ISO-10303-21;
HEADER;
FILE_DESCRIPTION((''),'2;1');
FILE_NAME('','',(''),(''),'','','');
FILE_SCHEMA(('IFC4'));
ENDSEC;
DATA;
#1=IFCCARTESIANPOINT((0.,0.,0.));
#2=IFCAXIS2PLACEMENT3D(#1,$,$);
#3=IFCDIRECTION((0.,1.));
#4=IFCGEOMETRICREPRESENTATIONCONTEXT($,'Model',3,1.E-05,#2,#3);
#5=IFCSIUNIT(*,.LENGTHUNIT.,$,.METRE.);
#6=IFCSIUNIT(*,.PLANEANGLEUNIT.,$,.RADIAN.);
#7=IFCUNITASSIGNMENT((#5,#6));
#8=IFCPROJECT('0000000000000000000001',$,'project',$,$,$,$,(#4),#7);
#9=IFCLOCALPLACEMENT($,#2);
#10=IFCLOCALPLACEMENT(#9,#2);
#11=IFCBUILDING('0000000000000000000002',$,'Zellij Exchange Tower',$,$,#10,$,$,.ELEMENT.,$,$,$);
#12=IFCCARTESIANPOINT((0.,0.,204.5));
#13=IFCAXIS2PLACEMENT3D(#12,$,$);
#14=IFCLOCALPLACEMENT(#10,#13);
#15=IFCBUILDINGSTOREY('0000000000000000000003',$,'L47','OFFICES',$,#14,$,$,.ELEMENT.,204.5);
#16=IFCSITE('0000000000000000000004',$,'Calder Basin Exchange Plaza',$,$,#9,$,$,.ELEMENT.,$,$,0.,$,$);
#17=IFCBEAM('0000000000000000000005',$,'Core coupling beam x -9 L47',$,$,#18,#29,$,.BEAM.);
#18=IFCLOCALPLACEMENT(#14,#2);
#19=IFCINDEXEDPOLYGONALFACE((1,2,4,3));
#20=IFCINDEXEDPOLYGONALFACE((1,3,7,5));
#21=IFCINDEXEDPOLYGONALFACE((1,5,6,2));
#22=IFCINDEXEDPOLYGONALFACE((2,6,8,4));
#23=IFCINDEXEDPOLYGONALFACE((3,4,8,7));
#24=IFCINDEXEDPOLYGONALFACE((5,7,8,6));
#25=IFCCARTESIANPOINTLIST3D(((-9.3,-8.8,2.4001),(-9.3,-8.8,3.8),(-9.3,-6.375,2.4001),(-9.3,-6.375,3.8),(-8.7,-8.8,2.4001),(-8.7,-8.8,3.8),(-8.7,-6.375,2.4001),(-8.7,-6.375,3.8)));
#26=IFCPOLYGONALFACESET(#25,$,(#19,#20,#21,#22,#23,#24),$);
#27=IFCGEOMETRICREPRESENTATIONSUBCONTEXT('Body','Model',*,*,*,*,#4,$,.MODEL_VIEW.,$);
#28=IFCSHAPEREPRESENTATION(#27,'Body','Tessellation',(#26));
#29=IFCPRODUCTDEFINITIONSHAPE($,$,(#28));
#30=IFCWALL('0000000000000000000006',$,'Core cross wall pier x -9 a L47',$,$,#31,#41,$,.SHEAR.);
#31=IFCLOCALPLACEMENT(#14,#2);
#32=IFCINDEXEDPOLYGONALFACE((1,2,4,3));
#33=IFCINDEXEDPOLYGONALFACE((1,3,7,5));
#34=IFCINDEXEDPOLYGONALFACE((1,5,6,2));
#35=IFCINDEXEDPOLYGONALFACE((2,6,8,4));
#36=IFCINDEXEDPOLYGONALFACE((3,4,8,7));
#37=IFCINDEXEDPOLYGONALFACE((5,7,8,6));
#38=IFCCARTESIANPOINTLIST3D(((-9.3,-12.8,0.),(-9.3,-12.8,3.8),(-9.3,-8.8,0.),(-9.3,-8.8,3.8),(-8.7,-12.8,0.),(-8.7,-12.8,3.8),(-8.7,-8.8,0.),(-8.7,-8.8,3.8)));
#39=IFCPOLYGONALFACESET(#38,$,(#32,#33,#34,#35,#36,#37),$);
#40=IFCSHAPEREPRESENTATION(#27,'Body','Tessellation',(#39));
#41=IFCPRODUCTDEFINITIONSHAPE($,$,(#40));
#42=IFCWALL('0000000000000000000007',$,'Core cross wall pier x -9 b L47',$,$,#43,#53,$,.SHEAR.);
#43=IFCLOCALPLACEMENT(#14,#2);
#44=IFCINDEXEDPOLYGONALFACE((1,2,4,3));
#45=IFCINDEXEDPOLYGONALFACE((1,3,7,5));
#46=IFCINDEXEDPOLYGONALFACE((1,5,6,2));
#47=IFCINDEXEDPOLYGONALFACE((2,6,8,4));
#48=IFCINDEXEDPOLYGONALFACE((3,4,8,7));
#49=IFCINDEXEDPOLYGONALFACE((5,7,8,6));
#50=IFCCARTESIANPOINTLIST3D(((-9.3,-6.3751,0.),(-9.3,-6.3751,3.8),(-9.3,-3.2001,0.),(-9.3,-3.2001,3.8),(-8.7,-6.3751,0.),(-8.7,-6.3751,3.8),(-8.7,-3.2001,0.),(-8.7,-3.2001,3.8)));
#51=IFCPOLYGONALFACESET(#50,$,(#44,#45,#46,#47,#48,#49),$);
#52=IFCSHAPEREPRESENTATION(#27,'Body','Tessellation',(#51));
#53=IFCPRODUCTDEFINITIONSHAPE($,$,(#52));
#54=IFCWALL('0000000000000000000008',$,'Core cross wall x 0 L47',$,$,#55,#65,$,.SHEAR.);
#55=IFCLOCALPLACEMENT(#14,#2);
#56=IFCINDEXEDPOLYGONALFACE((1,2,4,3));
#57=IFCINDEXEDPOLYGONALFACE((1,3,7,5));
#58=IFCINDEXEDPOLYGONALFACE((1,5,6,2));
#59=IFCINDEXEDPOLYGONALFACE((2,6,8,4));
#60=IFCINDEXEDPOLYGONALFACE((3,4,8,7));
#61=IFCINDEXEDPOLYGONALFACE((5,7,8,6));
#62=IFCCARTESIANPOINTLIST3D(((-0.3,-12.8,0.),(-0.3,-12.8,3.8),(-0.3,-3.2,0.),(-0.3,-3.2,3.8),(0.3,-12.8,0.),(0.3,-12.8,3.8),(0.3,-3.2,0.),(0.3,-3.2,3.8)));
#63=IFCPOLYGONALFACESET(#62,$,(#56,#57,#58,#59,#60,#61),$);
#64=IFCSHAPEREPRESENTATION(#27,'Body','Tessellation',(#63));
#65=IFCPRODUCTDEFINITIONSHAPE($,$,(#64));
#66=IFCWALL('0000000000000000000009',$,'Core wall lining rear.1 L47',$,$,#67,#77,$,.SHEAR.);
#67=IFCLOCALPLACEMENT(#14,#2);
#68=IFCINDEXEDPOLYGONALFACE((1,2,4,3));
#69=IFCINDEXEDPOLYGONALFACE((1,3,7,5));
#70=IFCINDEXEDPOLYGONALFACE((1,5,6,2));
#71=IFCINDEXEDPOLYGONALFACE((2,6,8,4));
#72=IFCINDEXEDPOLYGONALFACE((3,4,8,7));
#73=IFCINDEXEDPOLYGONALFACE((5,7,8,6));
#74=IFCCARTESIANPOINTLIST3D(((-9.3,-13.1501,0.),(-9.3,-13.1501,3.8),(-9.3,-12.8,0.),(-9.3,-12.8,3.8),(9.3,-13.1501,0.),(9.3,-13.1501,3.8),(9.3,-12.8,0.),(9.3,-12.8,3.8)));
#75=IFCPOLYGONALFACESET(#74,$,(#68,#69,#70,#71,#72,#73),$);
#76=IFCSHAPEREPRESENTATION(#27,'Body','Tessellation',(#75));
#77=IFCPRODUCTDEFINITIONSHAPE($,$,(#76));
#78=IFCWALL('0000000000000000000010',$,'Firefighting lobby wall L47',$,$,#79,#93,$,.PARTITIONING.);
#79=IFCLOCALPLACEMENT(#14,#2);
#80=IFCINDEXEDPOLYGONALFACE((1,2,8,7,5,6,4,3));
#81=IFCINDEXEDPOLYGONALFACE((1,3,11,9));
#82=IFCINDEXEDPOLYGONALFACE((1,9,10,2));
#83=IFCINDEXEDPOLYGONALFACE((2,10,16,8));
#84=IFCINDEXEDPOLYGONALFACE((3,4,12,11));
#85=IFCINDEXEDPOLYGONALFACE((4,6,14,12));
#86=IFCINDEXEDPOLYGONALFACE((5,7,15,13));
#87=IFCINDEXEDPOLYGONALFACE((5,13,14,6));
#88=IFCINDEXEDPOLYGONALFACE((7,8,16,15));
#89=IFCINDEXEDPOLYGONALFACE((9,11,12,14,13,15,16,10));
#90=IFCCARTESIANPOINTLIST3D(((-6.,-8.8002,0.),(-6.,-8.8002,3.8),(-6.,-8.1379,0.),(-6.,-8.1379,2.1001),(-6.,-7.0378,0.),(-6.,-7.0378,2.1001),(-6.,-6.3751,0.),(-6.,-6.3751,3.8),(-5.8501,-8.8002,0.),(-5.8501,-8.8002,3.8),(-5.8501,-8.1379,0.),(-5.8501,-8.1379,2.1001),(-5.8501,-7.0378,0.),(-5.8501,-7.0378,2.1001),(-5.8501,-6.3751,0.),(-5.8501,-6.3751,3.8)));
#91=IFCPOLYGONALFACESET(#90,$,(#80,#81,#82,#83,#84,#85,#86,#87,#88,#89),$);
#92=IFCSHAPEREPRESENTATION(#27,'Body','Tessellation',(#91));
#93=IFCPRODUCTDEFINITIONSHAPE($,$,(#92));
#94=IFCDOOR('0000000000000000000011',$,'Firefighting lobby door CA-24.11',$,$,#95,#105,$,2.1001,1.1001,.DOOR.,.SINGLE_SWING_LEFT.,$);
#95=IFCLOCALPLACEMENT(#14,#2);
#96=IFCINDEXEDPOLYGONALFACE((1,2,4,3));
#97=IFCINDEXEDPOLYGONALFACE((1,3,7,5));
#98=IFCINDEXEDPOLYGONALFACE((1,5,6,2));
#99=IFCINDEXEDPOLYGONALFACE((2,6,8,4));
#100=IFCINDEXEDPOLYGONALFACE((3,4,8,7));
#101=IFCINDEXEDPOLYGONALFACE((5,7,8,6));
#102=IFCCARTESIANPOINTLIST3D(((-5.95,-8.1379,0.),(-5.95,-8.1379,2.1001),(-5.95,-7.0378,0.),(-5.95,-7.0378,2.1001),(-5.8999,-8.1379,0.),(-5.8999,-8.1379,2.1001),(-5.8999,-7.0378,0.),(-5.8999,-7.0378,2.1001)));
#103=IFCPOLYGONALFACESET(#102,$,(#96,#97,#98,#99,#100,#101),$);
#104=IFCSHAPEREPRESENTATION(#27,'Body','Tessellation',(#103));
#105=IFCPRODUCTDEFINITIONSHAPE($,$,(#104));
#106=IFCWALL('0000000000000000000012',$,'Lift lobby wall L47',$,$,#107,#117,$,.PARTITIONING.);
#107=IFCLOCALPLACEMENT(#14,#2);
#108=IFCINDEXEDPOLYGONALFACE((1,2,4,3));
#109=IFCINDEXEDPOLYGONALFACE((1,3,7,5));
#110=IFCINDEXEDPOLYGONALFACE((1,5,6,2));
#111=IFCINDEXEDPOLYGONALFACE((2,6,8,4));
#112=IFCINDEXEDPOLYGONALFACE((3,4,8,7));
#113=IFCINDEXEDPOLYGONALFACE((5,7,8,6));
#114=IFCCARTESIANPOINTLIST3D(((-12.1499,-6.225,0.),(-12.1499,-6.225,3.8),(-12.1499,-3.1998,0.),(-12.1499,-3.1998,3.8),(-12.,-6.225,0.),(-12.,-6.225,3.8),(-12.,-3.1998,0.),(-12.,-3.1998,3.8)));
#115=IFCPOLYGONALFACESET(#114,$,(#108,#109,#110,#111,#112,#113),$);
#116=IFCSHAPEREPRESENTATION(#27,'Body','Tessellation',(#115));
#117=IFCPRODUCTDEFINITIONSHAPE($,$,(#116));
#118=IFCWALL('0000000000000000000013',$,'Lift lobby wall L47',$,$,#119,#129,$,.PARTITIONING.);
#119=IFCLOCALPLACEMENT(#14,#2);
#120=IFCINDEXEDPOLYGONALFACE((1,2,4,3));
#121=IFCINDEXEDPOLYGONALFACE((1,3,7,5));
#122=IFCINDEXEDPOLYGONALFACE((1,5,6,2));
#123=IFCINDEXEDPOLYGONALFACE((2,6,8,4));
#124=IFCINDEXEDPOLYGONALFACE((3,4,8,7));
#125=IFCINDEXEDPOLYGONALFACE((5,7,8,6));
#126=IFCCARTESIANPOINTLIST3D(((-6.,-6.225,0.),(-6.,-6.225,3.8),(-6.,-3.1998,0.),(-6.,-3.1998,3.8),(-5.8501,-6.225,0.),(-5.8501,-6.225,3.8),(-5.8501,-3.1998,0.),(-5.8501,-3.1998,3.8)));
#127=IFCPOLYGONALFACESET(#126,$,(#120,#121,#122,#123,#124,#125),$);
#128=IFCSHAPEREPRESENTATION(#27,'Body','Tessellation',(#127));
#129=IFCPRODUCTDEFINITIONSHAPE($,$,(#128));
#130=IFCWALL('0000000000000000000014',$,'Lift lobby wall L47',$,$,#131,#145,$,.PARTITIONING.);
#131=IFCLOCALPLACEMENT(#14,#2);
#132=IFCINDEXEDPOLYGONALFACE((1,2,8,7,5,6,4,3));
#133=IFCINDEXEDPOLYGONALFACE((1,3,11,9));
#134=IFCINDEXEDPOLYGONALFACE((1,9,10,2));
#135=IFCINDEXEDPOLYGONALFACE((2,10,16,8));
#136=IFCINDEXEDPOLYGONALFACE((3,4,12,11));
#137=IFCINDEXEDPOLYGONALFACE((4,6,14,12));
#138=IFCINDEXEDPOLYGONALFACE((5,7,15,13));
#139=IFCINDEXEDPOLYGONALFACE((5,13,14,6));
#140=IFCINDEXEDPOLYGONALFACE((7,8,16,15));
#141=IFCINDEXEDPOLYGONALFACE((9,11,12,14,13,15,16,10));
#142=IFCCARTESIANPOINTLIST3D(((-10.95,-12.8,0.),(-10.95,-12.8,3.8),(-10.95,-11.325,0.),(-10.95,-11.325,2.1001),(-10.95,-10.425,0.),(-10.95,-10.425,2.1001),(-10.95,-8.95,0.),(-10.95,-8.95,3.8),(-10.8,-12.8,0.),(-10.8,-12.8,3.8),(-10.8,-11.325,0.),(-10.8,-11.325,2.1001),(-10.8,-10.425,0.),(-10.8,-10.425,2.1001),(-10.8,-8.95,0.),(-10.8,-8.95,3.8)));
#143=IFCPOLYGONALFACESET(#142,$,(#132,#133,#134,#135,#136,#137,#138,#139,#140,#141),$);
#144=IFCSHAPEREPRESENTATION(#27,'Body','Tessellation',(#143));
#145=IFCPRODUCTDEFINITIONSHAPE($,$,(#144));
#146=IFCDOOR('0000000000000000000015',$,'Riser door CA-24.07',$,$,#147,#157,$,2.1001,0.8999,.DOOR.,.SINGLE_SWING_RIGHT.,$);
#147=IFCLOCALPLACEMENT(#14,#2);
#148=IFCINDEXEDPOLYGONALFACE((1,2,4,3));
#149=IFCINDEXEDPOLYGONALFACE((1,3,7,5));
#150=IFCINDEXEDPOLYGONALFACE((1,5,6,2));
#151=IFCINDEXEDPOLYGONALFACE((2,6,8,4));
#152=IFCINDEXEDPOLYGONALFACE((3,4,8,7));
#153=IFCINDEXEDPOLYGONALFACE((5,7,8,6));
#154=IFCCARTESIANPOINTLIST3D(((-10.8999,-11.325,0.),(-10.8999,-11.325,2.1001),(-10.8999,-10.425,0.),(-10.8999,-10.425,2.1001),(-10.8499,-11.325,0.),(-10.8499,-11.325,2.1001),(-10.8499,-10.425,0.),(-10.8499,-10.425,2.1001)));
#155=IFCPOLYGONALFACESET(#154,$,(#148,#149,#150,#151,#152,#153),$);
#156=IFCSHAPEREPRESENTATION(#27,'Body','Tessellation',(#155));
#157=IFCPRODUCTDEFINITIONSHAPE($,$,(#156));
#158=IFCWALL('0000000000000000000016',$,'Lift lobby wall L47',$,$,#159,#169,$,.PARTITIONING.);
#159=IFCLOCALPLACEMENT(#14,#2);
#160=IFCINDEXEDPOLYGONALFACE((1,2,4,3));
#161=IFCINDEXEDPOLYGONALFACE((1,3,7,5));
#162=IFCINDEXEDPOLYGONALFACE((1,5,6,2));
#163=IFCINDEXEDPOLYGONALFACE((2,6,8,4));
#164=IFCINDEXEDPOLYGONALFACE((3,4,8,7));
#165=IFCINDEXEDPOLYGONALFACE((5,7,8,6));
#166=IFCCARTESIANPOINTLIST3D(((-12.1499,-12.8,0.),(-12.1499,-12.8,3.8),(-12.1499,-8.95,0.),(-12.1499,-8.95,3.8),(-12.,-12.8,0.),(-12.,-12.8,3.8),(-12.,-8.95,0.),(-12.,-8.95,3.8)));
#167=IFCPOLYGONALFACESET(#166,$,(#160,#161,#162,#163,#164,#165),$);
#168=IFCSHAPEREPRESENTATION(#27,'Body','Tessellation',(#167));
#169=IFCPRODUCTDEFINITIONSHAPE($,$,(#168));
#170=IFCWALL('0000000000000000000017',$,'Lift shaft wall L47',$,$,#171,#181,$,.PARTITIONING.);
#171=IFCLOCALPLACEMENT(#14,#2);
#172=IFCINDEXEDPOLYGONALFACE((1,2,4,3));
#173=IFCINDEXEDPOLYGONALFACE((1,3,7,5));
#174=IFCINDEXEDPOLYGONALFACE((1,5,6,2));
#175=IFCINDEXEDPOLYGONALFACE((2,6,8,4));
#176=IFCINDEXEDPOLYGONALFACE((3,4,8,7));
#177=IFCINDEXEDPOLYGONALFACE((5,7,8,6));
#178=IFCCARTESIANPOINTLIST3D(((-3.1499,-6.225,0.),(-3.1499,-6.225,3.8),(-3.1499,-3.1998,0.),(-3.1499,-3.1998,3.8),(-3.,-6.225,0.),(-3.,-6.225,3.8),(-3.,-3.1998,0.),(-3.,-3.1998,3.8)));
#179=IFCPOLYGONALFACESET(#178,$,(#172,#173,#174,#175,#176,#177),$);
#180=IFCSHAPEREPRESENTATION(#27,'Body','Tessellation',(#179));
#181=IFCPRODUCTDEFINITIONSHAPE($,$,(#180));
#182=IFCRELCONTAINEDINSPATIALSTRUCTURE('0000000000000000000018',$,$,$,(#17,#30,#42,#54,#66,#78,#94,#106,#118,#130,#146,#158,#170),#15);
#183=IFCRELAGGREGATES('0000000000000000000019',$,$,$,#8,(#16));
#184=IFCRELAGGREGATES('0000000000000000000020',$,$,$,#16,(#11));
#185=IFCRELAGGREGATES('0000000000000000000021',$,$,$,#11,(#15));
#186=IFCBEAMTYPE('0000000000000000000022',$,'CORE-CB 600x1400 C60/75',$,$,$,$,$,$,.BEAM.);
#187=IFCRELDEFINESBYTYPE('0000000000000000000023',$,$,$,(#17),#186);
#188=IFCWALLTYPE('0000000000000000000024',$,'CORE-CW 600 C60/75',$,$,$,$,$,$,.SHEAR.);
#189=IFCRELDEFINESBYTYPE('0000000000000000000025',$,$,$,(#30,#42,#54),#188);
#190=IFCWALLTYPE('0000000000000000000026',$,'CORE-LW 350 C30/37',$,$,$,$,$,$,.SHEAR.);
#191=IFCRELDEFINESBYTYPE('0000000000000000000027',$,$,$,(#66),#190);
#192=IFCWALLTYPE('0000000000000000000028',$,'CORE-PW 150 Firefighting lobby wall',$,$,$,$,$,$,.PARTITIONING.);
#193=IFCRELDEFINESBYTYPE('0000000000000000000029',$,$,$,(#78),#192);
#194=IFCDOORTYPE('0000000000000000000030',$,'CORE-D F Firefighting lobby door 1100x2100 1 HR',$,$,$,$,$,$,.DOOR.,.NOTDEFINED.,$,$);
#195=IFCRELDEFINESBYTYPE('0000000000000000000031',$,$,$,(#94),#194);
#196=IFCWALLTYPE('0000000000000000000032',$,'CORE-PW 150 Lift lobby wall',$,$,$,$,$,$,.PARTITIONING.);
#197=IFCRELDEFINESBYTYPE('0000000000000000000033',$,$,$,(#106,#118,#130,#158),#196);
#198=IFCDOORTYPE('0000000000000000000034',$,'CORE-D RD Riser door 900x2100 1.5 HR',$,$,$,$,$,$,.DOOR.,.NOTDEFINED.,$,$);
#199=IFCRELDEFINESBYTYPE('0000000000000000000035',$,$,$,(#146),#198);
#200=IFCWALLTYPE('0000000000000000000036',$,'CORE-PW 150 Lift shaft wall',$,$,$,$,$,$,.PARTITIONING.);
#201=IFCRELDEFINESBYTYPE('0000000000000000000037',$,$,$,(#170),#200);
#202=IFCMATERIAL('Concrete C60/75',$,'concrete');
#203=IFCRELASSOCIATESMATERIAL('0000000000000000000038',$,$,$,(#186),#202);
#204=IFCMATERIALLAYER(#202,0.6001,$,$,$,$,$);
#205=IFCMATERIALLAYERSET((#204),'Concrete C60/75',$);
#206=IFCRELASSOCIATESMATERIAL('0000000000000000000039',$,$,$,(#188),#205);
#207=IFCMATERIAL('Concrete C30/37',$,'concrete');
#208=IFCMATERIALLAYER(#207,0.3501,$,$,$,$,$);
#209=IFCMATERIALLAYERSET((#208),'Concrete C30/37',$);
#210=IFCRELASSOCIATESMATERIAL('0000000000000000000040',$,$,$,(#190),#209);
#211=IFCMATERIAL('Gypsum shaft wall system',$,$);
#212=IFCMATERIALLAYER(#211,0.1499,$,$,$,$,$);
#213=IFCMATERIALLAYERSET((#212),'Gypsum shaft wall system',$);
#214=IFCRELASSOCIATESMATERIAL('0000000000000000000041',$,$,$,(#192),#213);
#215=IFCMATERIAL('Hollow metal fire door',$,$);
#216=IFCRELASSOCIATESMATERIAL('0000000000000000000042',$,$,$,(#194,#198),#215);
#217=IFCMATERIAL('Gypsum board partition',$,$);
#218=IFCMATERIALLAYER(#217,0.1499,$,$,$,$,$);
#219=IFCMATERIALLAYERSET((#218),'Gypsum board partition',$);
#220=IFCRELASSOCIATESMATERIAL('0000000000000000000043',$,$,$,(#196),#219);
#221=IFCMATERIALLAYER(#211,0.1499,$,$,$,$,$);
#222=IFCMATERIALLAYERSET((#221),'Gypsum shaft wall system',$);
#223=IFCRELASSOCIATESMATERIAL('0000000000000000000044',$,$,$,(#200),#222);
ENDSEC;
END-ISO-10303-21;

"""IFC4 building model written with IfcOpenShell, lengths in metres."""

from ifc_helpers import new_model, si_unit, direction, frame, frame_2d, origin, origin_2d, place, context, subcontext, project, spatial, rectangle, extrude, material, layer, layer_set, material_profile, profile_set, type_object, element, fill, save


model = new_model("IFC4")

# Units and contexts
model_context = context("Model", 3, precision=1e-05, world=origin(), true_north=direction((0.0, 1.0)))
body_context = subcontext(model_context, "Body", "Model", "MODEL_VIEW")
ifc_project = project(units=[si_unit("LENGTHUNIT", "METRE"), si_unit("PLANEANGLEUNIT", "RADIAN")], contexts=[model_context])

# Site, building, storey
site_placement = place(None, origin())
site = spatial("IfcSite", under=ifc_project, at=site_placement, Name="Calder Basin Exchange Plaza", CompositionType="ELEMENT", RefElevation=0.0)
building_placement = place(site_placement, origin())
building = spatial("IfcBuilding", under=site, at=building_placement, Name="Zellij Exchange Tower", CompositionType="ELEMENT")
storey_placement = place(building_placement, frame((0.0, 0.0, 204.5)))
storey = spatial("IfcBuildingStorey", under=building, at=storey_placement, Name="L47", Description="OFFICES", CompositionType="ELEMENT", Elevation=204.5)

# Beam
ifc_material_1 = material(Name="Concrete C60/75", Category="concrete")
ifc_material_profile = material_profile(ifc_material_1, rectangle(XDim=0.6001, YDim=1.3999, at=origin_2d()), Name="CORE-CB 600x1400 C60/75")
ifc_profile_set = profile_set([ifc_material_profile], Name="Concrete C60/75")
beam_type = type_object("IfcBeamType", Name="CORE-CB 600x1400 C60/75", PredefinedType="BEAM", material=ifc_profile_set)
beam_placement = place(storey_placement, frame((-9.0, -8.8, 3.1001), z_axis=(0.0, 1.0, 0.0), x_axis=(-1.0, 0.0, 0.0)))
element("IfcBeam", 1, at=beam_placement, inside=storey, type_object=beam_type, Name="Core coupling beam x -9 L47", PredefinedType="BEAM", context=body_context, shape_type="SweptSolid", body=[
    extrude(rectangle(XDim=0.6001, YDim=1.3999, at=origin_2d()), origin(), (0.0, 0.0, 1.0), 2.425),
])

# Walls
ifc_layer_1 = layer(ifc_material_1, 0.6001)
ifc_layer_set_1 = layer_set([ifc_layer_1], Name="Concrete C60/75")
wall_type_1 = type_object("IfcWallType", Name="CORE-CW 600 C60/75", PredefinedType="SHEAR", material=ifc_layer_set_1)
wall_1_placement = place(storey_placement, frame((-9.0, -12.8, 0.0), z_axis=(0.0, 0.0, 1.0), x_axis=(0.0, 1.0, 0.0)))
element("IfcWall", 2, at=wall_1_placement, inside=storey, type_object=wall_type_1, Name="Core cross wall pier x -9 a L47", PredefinedType="SHEAR", context=body_context, shape_type="SweptSolid", body=[
    extrude(rectangle(XDim=4.0, YDim=0.6001, at=frame_2d((2.0, 0.0))), origin(), (0.0, 0.0, 1.0), 3.8),
])
wall_2_placement = place(storey_placement, frame((-9.0, -6.375, 0.0), z_axis=(0.0, 0.0, 1.0), x_axis=(0.0, 1.0, 0.0)))
element("IfcWall", 3, at=wall_2_placement, inside=storey, type_object=wall_type_1, Name="Core cross wall pier x -9 b L47", PredefinedType="SHEAR", context=body_context, shape_type="SweptSolid", body=[
    extrude(rectangle(XDim=3.175, YDim=0.6001, at=frame_2d((1.5874, 0.0))), origin(), (0.0, 0.0, 1.0), 3.8),
])
wall_3_placement = place(storey_placement, frame((0.0, -12.8, 0.0), z_axis=(0.0, 0.0, 1.0), x_axis=(0.0, 1.0, 0.0)))
element("IfcWall", 4, at=wall_3_placement, inside=storey, type_object=wall_type_1, Name="Core cross wall x 0 L47", PredefinedType="SHEAR", context=body_context, shape_type="SweptSolid", body=[
    extrude(rectangle(XDim=9.6001, YDim=0.6001, at=frame_2d((4.8, 0.0))), origin(), (0.0, 0.0, 1.0), 3.8),
])
ifc_material_2 = material(Name="Concrete C30/37", Category="concrete")
ifc_layer_2 = layer(ifc_material_2, 0.3501)
ifc_layer_set_2 = layer_set([ifc_layer_2], Name="Concrete C30/37")
wall_type_2 = type_object("IfcWallType", Name="CORE-LW 350 C30/37", PredefinedType="SHEAR", material=ifc_layer_set_2)
wall_4_placement = place(storey_placement, frame((-9.3, -12.9751, 0.0), z_axis=(0.0, 0.0, 1.0), x_axis=(1.0, 0.0, 0.0)))
element("IfcWall", 5, at=wall_4_placement, inside=storey, type_object=wall_type_2, Name="Core wall lining rear.1 L47", PredefinedType="SHEAR", context=body_context, shape_type="SweptSolid", body=[
    extrude(rectangle(XDim=18.6001, YDim=0.3501, at=frame_2d((9.3, 0.0))), origin(), (0.0, 0.0, 1.0), 3.8),
])

# Wall, opening, door
ifc_material_3 = material(Name="Gypsum shaft wall system")
ifc_layer_3 = layer(ifc_material_3, 0.1499)
ifc_layer_set_3 = layer_set([ifc_layer_3], Name="Gypsum shaft wall system")
wall_type_3 = type_object("IfcWallType", Name="CORE-PW 150 Firefighting lobby wall", PredefinedType="PARTITIONING", material=ifc_layer_set_3)
wall_5_placement = place(storey_placement, frame((-5.925, -8.8, 0.0), z_axis=(0.0, 0.0, 1.0), x_axis=(0.0, 1.0, 0.0)))
wall_5 = element("IfcWall", 6, at=wall_5_placement, inside=storey, type_object=wall_type_3, Name="Firefighting lobby wall L47", PredefinedType="PARTITIONING", context=body_context, shape_type="SweptSolid", body=[
    extrude(rectangle(XDim=2.425, YDim=0.1499, at=frame_2d((1.2124, 0.0))), origin(), (0.0, 0.0, 1.0), 3.8),
])
opening_1_placement = place(wall_5_placement, frame((0.6621, 0.0, 0.0)))
opening_1 = element("IfcOpeningElement", 7, at=opening_1_placement, cuts=wall_5, PredefinedType="OPENING", context=body_context, shape_type="SweptSolid", body=[
    extrude(rectangle(XDim=1.1001, YDim=2.1001, at=frame_2d((0.55, 1.05))), frame((0.0, 0.0869, 0.0), z_axis=(0.0, -1.0, 0.0), x_axis=(1.0, 0.0, 0.0)), (0.0, 0.0, 1.0), 0.1738),
])
ifc_material_4 = material(Name="Hollow metal fire door")
door_type_1 = type_object("IfcDoorType", Name="CORE-D F Firefighting lobby door 1100x2100 1 HR", OperationType="NOTDEFINED", PredefinedType="DOOR", material=ifc_material_4)
door_1_placement = place(opening_1_placement, origin())
door_1 = element("IfcDoor", 8, at=door_1_placement, inside=storey, type_object=door_type_1, Name="Firefighting lobby door CA-24.11", OperationType="SINGLE_SWING_LEFT", OverallHeight=2.1001, OverallWidth=1.1001, PredefinedType="DOOR", context=body_context, shape_type="SweptSolid", body=[
    extrude(rectangle(XDim=1.1001, YDim=2.1001, at=frame_2d((0.55, 1.05))), frame((0.0, 0.0249, 0.0), z_axis=(0.0, -1.0, 0.0), x_axis=(1.0, 0.0, 0.0)), (0.0, 0.0, 1.0), 0.05),
])
fill(opening_1, door_1)

# Walls
ifc_material_5 = material(Name="Gypsum board partition")
ifc_layer_4 = layer(ifc_material_5, 0.1499)
ifc_layer_set_4 = layer_set([ifc_layer_4], Name="Gypsum board partition")
wall_type_4 = type_object("IfcWallType", Name="CORE-PW 150 Lift lobby wall", PredefinedType="PARTITIONING", material=ifc_layer_set_4)
for number, where, z_axis, x_axis, name in (
    (9, (-12.075, -6.2251, 0.0), (0.0, 0.0, 1.0), (0.0, 1.0, 0.0), "Lift lobby wall L47"),
    (10, (-5.925, -6.2251, 0.0), (0.0, 0.0, 1.0), (0.0, 1.0, 0.0), "Lift lobby wall L47"),
):
    element("IfcWall", number, at=place(storey_placement, frame(where, z_axis=z_axis, x_axis=x_axis)), inside=storey, type_object=wall_type_4, Name=name, PredefinedType="PARTITIONING", context=body_context, shape_type="SweptSolid", body=[
        extrude(rectangle(XDim=3.0251, YDim=0.1499, at=frame_2d((1.5127, 0.0))), origin(), (0.0, 0.0, 1.0), 3.8),
    ])

# Wall, opening, door
wall_6_placement = place(storey_placement, frame((-10.875, -12.8, 0.0), z_axis=(0.0, 0.0, 1.0), x_axis=(0.0, 1.0, 0.0)))
wall_6 = element("IfcWall", 11, at=wall_6_placement, inside=storey, type_object=wall_type_4, Name="Lift lobby wall L47", PredefinedType="PARTITIONING", context=body_context, shape_type="SweptSolid", body=[
    extrude(rectangle(XDim=3.8501, YDim=0.1499, at=frame_2d((1.925, 0.0))), origin(), (0.0, 0.0, 1.0), 3.8),
])
opening_2_placement = place(wall_6_placement, frame((1.4751, 0.0, 0.0)))
opening_2 = element("IfcOpeningElement", 12, at=opening_2_placement, cuts=wall_6, PredefinedType="OPENING", context=body_context, shape_type="SweptSolid", body=[
    extrude(rectangle(XDim=0.8999, YDim=2.1001, at=frame_2d((0.45, 1.05))), frame((0.0, 0.0869, 0.0), z_axis=(0.0, -1.0, 0.0), x_axis=(1.0, 0.0, 0.0)), (0.0, 0.0, 1.0), 0.1738),
])
door_type_2 = type_object("IfcDoorType", Name="CORE-D RD Riser door 900x2100 1.5 HR", OperationType="NOTDEFINED", PredefinedType="DOOR", material=ifc_material_4)
door_2_placement = place(opening_2_placement, origin())
door_2 = element("IfcDoor", 13, at=door_2_placement, inside=storey, type_object=door_type_2, Name="Riser door CA-24.07", OperationType="SINGLE_SWING_RIGHT", OverallHeight=2.1001, OverallWidth=0.8999, PredefinedType="DOOR", context=body_context, shape_type="SweptSolid", body=[
    extrude(rectangle(XDim=0.8999, YDim=2.1001, at=frame_2d((0.45, 1.05))), frame((0.0, 0.0249, 0.0), z_axis=(0.0, -1.0, 0.0), x_axis=(1.0, 0.0, 0.0)), (0.0, 0.0, 1.0), 0.05),
])
fill(opening_2, door_2)

# Walls
wall_7_placement = place(storey_placement, frame((-12.075, -12.8, 0.0), z_axis=(0.0, 0.0, 1.0), x_axis=(0.0, 1.0, 0.0)))
element("IfcWall", 14, at=wall_7_placement, inside=storey, type_object=wall_type_4, Name="Lift lobby wall L47", PredefinedType="PARTITIONING", context=body_context, shape_type="SweptSolid", body=[
    extrude(rectangle(XDim=3.8501, YDim=0.1499, at=frame_2d((1.925, 0.0))), origin(), (0.0, 0.0, 1.0), 3.8),
])
ifc_layer_5 = layer(ifc_material_3, 0.1499)
ifc_layer_set_5 = layer_set([ifc_layer_5], Name="Gypsum shaft wall system")
wall_type_5 = type_object("IfcWallType", Name="CORE-PW 150 Lift shaft wall", PredefinedType="PARTITIONING", material=ifc_layer_set_5)
wall_8_placement = place(storey_placement, frame((-3.075, -6.2251, 0.0), z_axis=(0.0, 0.0, 1.0), x_axis=(0.0, 1.0, 0.0)))
element("IfcWall", 15, at=wall_8_placement, inside=storey, type_object=wall_type_5, Name="Lift shaft wall L47", PredefinedType="PARTITIONING", context=body_context, shape_type="SweptSolid", body=[
    extrude(rectangle(XDim=3.0251, YDim=0.1499, at=frame_2d((1.5127, 0.0))), origin(), (0.0, 0.0, 1.0), 3.8),
])

save(model, "model.ifc")
